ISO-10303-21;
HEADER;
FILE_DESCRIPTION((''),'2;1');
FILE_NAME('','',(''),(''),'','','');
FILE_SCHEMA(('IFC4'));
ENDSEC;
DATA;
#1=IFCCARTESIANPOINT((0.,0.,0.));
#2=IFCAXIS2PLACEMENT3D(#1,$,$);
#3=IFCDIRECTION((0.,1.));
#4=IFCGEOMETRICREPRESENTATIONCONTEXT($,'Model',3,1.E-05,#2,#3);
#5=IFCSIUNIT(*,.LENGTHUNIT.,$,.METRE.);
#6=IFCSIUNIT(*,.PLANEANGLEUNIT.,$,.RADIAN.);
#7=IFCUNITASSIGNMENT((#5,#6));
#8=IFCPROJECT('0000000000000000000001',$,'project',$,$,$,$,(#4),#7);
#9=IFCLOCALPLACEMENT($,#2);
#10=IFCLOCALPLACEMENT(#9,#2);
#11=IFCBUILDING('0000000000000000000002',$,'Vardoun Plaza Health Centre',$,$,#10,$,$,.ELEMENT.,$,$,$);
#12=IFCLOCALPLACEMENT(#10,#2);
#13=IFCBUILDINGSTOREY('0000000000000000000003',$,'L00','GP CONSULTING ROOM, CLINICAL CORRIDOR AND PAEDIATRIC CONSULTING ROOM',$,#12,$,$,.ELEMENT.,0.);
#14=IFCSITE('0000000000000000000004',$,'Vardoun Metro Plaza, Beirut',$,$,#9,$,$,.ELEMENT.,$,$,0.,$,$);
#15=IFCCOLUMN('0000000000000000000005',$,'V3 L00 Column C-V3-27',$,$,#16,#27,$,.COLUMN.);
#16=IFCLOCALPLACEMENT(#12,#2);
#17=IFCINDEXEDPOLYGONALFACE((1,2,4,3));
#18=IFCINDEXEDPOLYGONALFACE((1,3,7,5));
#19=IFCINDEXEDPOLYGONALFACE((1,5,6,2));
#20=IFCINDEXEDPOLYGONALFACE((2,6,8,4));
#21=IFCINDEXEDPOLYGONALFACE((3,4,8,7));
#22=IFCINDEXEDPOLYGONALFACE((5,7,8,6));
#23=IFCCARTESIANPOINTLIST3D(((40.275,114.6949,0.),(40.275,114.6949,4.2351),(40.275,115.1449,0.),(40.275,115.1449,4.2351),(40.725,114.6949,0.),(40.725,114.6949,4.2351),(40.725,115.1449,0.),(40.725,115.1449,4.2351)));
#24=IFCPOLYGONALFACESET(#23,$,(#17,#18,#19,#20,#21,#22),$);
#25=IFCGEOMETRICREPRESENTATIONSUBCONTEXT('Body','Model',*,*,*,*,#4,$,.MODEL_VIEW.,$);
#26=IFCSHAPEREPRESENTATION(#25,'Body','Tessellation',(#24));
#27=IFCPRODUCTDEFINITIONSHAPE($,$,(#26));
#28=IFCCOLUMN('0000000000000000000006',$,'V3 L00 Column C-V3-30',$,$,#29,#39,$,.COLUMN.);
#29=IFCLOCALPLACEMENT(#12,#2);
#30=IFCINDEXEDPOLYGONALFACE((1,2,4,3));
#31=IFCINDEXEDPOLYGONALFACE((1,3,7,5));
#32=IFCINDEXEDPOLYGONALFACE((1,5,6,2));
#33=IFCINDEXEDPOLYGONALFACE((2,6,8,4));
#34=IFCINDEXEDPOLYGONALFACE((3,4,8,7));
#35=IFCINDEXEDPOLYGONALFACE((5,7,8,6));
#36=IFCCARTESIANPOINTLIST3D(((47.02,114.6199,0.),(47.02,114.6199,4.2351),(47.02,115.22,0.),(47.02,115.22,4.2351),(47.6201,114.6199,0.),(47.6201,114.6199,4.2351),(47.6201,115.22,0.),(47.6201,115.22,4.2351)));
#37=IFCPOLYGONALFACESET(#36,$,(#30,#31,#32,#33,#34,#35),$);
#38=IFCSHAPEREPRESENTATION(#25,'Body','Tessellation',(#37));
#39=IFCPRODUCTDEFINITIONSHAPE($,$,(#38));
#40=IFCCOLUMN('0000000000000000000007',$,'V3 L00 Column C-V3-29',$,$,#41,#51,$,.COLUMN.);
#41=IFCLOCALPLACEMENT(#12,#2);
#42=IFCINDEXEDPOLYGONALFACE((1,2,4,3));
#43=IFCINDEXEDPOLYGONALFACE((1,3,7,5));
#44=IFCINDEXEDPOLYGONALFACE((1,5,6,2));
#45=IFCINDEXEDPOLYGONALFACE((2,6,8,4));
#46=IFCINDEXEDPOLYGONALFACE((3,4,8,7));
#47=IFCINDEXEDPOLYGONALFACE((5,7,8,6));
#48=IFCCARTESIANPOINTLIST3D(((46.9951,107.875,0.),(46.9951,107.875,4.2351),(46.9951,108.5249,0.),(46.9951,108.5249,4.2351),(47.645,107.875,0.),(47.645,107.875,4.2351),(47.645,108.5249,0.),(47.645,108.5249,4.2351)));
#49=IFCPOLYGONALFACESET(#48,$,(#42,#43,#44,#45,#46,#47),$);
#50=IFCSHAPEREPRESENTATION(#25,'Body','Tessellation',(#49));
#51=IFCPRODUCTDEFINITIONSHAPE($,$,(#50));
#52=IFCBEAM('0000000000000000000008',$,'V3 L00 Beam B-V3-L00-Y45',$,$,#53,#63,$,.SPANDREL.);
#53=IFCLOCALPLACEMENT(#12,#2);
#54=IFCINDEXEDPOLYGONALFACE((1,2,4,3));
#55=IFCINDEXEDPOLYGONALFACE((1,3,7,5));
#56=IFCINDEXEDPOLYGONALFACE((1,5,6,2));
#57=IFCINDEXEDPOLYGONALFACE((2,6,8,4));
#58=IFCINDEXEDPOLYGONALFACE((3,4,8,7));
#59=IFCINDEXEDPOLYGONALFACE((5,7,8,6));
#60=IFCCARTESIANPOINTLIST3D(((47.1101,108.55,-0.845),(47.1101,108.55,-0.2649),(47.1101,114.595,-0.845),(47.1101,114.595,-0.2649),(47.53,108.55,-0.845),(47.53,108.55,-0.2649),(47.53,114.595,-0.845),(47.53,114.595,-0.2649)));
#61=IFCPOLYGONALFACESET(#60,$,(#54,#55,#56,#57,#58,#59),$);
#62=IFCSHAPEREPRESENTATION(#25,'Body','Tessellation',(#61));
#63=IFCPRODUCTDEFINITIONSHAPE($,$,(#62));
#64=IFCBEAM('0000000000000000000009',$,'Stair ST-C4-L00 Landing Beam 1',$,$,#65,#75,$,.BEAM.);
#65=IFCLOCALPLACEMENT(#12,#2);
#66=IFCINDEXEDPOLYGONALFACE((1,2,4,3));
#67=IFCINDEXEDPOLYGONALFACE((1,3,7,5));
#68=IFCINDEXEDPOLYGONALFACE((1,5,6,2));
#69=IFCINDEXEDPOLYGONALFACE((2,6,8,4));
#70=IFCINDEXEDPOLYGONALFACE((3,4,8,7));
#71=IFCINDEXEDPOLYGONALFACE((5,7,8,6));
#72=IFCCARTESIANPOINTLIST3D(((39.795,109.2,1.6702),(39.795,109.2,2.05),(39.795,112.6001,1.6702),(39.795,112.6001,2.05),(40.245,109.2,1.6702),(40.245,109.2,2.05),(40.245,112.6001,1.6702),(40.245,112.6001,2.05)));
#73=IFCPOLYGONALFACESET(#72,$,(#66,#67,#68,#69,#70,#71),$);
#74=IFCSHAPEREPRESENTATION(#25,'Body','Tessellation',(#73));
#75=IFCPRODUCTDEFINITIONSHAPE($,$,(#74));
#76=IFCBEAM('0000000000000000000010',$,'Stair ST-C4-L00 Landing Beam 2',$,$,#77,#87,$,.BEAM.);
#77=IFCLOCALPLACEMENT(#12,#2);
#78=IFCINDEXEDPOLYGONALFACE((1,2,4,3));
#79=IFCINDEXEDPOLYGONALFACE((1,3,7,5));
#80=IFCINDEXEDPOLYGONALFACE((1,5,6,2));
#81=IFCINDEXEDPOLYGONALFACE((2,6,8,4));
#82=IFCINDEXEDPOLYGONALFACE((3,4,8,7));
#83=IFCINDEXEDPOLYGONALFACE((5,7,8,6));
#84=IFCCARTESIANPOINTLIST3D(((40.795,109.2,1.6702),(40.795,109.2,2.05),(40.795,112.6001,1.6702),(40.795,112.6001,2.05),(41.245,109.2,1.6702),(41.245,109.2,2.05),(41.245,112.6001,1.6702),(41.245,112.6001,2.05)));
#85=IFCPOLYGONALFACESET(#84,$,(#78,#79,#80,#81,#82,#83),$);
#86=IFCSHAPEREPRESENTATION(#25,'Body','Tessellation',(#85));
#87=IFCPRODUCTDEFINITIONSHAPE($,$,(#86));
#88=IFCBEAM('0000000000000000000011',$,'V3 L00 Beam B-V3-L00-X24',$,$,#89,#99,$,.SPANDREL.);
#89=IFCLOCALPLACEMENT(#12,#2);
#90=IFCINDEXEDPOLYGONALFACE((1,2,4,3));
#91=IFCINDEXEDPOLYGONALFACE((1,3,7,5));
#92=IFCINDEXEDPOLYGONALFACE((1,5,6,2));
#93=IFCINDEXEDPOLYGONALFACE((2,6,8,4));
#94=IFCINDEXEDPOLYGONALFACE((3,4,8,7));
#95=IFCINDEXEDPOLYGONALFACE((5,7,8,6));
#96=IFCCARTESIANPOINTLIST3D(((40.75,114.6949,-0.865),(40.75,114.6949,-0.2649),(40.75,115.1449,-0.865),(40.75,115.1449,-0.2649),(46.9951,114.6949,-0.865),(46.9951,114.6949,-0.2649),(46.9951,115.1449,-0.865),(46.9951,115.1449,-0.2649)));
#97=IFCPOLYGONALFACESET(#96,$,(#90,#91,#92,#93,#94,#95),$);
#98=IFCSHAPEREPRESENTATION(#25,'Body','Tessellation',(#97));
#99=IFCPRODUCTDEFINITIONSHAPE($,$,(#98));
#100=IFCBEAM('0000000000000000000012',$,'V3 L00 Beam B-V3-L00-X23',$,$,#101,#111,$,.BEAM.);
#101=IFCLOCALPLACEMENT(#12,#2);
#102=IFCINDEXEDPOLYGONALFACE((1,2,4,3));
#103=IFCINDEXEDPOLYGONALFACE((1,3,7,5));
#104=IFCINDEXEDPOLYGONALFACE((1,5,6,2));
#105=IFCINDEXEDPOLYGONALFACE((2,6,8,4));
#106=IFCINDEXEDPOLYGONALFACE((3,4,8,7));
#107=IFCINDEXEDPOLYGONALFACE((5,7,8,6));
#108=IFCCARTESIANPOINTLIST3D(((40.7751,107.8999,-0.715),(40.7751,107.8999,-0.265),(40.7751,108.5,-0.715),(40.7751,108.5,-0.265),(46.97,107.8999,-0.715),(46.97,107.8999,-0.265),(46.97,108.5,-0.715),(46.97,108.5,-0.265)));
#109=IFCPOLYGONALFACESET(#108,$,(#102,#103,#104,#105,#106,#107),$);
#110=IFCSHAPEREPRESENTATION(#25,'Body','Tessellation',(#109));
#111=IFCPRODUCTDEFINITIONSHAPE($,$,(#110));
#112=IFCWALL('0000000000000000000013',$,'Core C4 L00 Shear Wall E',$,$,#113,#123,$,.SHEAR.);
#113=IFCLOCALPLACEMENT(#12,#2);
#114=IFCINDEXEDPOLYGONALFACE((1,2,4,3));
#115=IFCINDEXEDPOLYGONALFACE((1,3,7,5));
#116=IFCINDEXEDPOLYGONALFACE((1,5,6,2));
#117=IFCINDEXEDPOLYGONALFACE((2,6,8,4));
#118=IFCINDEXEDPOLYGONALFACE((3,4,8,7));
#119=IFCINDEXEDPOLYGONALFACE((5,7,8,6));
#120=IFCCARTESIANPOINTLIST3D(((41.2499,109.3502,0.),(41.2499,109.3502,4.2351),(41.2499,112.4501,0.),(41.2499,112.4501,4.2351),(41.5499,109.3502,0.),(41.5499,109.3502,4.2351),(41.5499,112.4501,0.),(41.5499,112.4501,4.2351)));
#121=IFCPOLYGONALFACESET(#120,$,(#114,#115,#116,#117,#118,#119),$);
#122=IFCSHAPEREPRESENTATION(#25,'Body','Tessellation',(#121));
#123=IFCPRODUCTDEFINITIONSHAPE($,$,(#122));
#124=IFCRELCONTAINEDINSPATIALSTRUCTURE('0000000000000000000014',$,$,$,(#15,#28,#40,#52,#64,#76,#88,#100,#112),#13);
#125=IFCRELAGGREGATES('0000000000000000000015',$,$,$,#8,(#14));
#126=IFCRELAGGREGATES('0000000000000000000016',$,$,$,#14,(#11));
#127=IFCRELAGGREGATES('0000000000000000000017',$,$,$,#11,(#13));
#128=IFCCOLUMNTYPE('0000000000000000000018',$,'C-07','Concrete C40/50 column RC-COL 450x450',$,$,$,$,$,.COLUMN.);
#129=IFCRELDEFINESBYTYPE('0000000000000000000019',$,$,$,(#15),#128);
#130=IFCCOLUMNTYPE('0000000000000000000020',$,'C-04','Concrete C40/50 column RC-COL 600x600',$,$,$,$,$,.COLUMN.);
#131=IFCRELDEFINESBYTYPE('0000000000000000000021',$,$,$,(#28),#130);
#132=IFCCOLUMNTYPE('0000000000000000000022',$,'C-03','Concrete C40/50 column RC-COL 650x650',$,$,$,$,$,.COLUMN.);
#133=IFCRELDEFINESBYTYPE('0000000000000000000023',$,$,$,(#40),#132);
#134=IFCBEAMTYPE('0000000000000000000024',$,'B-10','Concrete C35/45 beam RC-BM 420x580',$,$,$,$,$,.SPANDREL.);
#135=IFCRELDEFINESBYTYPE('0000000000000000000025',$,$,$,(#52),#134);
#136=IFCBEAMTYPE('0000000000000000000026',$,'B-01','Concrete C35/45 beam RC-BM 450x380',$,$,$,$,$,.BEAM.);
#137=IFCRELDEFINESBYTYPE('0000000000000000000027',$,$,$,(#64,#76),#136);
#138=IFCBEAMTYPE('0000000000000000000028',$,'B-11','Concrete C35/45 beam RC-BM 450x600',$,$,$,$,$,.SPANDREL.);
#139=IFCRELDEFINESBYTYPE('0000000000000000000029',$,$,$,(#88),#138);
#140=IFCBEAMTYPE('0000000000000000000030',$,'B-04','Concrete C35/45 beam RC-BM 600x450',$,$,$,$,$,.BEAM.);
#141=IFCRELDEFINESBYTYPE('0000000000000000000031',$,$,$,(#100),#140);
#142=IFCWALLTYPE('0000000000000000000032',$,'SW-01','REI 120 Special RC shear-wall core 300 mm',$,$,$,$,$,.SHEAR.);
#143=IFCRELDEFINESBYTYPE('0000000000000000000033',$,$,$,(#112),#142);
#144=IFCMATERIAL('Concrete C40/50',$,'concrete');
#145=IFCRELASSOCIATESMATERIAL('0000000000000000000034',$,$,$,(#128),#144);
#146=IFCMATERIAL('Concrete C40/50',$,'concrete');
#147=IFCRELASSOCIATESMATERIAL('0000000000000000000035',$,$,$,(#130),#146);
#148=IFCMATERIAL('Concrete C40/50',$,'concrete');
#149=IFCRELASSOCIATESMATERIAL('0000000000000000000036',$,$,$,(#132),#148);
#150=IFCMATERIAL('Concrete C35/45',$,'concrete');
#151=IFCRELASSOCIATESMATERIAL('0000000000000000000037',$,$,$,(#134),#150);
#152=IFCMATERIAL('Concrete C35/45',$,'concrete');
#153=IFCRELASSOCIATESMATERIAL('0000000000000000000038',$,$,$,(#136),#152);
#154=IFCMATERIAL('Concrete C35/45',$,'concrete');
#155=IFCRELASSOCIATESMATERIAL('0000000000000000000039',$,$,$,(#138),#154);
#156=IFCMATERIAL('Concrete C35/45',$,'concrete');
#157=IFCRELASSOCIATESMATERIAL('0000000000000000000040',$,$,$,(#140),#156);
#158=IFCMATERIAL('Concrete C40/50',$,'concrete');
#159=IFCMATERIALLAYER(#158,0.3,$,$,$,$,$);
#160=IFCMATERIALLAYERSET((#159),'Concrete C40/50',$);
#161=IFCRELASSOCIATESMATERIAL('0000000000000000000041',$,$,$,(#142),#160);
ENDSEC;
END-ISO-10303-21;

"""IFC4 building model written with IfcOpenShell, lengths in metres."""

from ifc_helpers import new_model, si_unit, direction, frame, frame_2d, origin, origin_2d, place, context, subcontext, project, spatial, rectangle, extrude, material, layer, layer_set, material_profile, profile_set, type_object, element, save


model = new_model("IFC4")

# Units and contexts
model_context = context("Model", 3, precision=1e-05, world=origin(), true_north=direction((0.0, 1.0)))
body_context = subcontext(model_context, "Body", "Model", "MODEL_VIEW")
ifc_project = project(units=[si_unit("LENGTHUNIT", "METRE"), si_unit("PLANEANGLEUNIT", "RADIAN")], contexts=[model_context])

# Site, building, storey
site_placement = place(None, origin())
site = spatial("IfcSite", under=ifc_project, at=site_placement, Name="Vardoun Metro Plaza, Beirut", CompositionType="ELEMENT", RefElevation=0.0)
building_placement = place(site_placement, origin())
building = spatial("IfcBuilding", under=site, at=building_placement, Name="Vardoun Plaza Health Centre", CompositionType="ELEMENT")
storey_placement = place(building_placement, origin())
storey = spatial("IfcBuildingStorey", under=building, at=storey_placement, Name="L00", Description="GP CONSULTING ROOM, CLINICAL CORRIDOR AND PAEDIATRIC CONSULTING ROOM", CompositionType="ELEMENT", Elevation=0.0)

# Columns
ifc_material_1 = material(Name="Concrete C40/50", Category="concrete")
ifc_material_profile_1 = material_profile(ifc_material_1, rectangle(XDim=0.45, YDim=0.45, at=origin_2d()), Name="RC-COL 450x450")
ifc_profile_set_1 = profile_set([ifc_material_profile_1], Name="Concrete C40/50")
column_type_1 = type_object("IfcColumnType", Name="C-07", Description="Concrete C40/50 column RC-COL 450x450", PredefinedType="COLUMN", material=ifc_profile_set_1)
column_1_placement = place(storey_placement, frame((40.5, 114.9199, 0.0), z_axis=(0.0, 0.0, 1.0), x_axis=(1.0, 0.0, 0.0)))
element("IfcColumn", 1, at=column_1_placement, inside=storey, type_object=column_type_1, Name="V3 L00 Column C-V3-27", PredefinedType="COLUMN", context=body_context, shape_type="SweptSolid", body=[
    extrude(rectangle(XDim=0.45, YDim=0.45, at=origin_2d()), origin(), (0.0, 0.0, 1.0), 4.2351),
])
ifc_material_2 = material(Name="Concrete C40/50", Category="concrete")
ifc_material_profile_2 = material_profile(ifc_material_2, rectangle(XDim=0.6001, YDim=0.6001, at=origin_2d()), Name="RC-COL 600x600")
ifc_profile_set_2 = profile_set([ifc_material_profile_2], Name="Concrete C40/50")
column_type_2 = type_object("IfcColumnType", Name="C-04", Description="Concrete C40/50 column RC-COL 600x600", PredefinedType="COLUMN", material=ifc_profile_set_2)
column_2_placement = place(storey_placement, frame((47.3201, 114.9199, 0.0), z_axis=(0.0, 0.0, 1.0), x_axis=(1.0, 0.0, 0.0)))
element("IfcColumn", 2, at=column_2_placement, inside=storey, type_object=column_type_2, Name="V3 L00 Column C-V3-30", PredefinedType="COLUMN", context=body_context, shape_type="SweptSolid", body=[
    extrude(rectangle(XDim=0.6001, YDim=0.6001, at=origin_2d()), origin(), (0.0, 0.0, 1.0), 4.2351),
])
ifc_material_3 = material(Name="Concrete C40/50", Category="concrete")
ifc_material_profile_3 = material_profile(ifc_material_3, rectangle(XDim=0.6499, YDim=0.6499, at=origin_2d()), Name="RC-COL 650x650")
ifc_profile_set_3 = profile_set([ifc_material_profile_3], Name="Concrete C40/50")
column_type_3 = type_object("IfcColumnType", Name="C-03", Description="Concrete C40/50 column RC-COL 650x650", PredefinedType="COLUMN", material=ifc_profile_set_3)
column_3_placement = place(storey_placement, frame((47.3201, 108.2, 0.0), z_axis=(0.0, 0.0, 1.0), x_axis=(1.0, 0.0, 0.0)))
element("IfcColumn", 3, at=column_3_placement, inside=storey, type_object=column_type_3, Name="V3 L00 Column C-V3-29", PredefinedType="COLUMN", context=body_context, shape_type="SweptSolid", body=[
    extrude(rectangle(XDim=0.6499, YDim=0.6499, at=origin_2d()), origin(), (0.0, 0.0, 1.0), 4.2351),
])

# Beams
ifc_material_4 = material(Name="Concrete C35/45", Category="concrete")
ifc_material_profile_4 = material_profile(ifc_material_4, rectangle(XDim=0.4199, YDim=0.5801, at=origin_2d()), Name="RC-BM 420x580")
ifc_profile_set_4 = profile_set([ifc_material_profile_4], Name="Concrete C35/45")
beam_type_1 = type_object("IfcBeamType", Name="B-10", Description="Concrete C35/45 beam RC-BM 420x580", PredefinedType="SPANDREL", material=ifc_profile_set_4)
beam_1_placement = place(storey_placement, frame((47.3201, 108.55, -0.5549), z_axis=(0.0, 1.0, 0.0), x_axis=(-1.0, 0.0, 0.0)))
element("IfcBeam", 4, at=beam_1_placement, inside=storey, type_object=beam_type_1, Name="V3 L00 Beam B-V3-L00-Y45", PredefinedType="SPANDREL", context=body_context, shape_type="SweptSolid", body=[
    extrude(rectangle(XDim=0.4199, YDim=0.5801, at=origin_2d()), origin(), (0.0, 0.0, 1.0), 6.0449),
])
ifc_material_5 = material(Name="Concrete C35/45", Category="concrete")
ifc_material_profile_5 = material_profile(ifc_material_5, rectangle(XDim=0.45, YDim=0.3799, at=origin_2d()), Name="RC-BM 450x380")
ifc_profile_set_5 = profile_set([ifc_material_profile_5], Name="Concrete C35/45")
beam_type_2 = type_object("IfcBeamType", Name="B-01", Description="Concrete C35/45 beam RC-BM 450x380", PredefinedType="BEAM", material=ifc_profile_set_5)
for number, where, z_axis, x_axis, name in (
    (5, (40.02, 109.2, 1.8601), (0.0, 1.0, 0.0), (-1.0, 0.0, 0.0), "Stair ST-C4-L00 Landing Beam 1"),
    (6, (41.02, 109.2, 1.8601), (0.0, 1.0, 0.0), (-1.0, 0.0, 0.0), "Stair ST-C4-L00 Landing Beam 2"),
):
    element("IfcBeam", number, at=place(storey_placement, frame(where, z_axis=z_axis, x_axis=x_axis)), inside=storey, type_object=beam_type_2, Name=name, PredefinedType="BEAM", context=body_context, shape_type="SweptSolid", body=[
        extrude(rectangle(XDim=0.45, YDim=0.3799, at=origin_2d()), origin(), (0.0, 0.0, 1.0), 3.4001),
    ])
ifc_material_6 = material(Name="Concrete C35/45", Category="concrete")
ifc_material_profile_6 = material_profile(ifc_material_6, rectangle(XDim=0.45, YDim=0.6001, at=origin_2d()), Name="RC-BM 450x600")
ifc_profile_set_6 = profile_set([ifc_material_profile_6], Name="Concrete C35/45")
beam_type_3 = type_object("IfcBeamType", Name="B-11", Description="Concrete C35/45 beam RC-BM 450x600", PredefinedType="SPANDREL", material=ifc_profile_set_6)
beam_2_placement = place(storey_placement, frame((40.75, 114.9199, -0.5649), z_axis=(1.0, 0.0, 0.0), x_axis=(0.0, 1.0, 0.0)))
element("IfcBeam", 7, at=beam_2_placement, inside=storey, type_object=beam_type_3, Name="V3 L00 Beam B-V3-L00-X24", PredefinedType="SPANDREL", context=body_context, shape_type="SweptSolid", body=[
    extrude(rectangle(XDim=0.45, YDim=0.6001, at=origin_2d()), origin(), (0.0, 0.0, 1.0), 6.2451),
])
ifc_material_7 = material(Name="Concrete C35/45", Category="concrete")
ifc_material_profile_7 = material_profile(ifc_material_7, rectangle(XDim=0.6001, YDim=0.45, at=origin_2d()), Name="RC-BM 600x450")
ifc_profile_set_7 = profile_set([ifc_material_profile_7], Name="Concrete C35/45")
beam_type_4 = type_object("IfcBeamType", Name="B-04", Description="Concrete C35/45 beam RC-BM 600x450", PredefinedType="BEAM", material=ifc_profile_set_7)
beam_3_placement = place(storey_placement, frame((40.7751, 108.2, -0.49), z_axis=(1.0, 0.0, 0.0), x_axis=(0.0, 1.0, 0.0)))
element("IfcBeam", 8, at=beam_3_placement, inside=storey, type_object=beam_type_4, Name="V3 L00 Beam B-V3-L00-X23", PredefinedType="BEAM", context=body_context, shape_type="SweptSolid", body=[
    extrude(rectangle(XDim=0.6001, YDim=0.45, at=origin_2d()), origin(), (0.0, 0.0, 1.0), 6.1948),
])

# Shared definitions
ifc_material_8 = material(Name="Concrete C40/50", Category="concrete")
ifc_layer_1 = layer(ifc_material_8, 0.3)
ifc_layer_set_1 = layer_set([ifc_layer_1], Name="Concrete C40/50")
wall_type_1 = type_object("IfcWallType", Name="SW-01", Description="REI 120 Special RC shear-wall core 300 mm", PredefinedType="SHEAR", material=ifc_layer_set_1)

# Wall
wall_1_placement = place(storey_placement, frame((41.3999, 112.45, 0.0), z_axis=(0.0, 0.0, 1.0), x_axis=(0.0, -1.0, 0.0)))
element("IfcWall", 9, at=wall_1_placement, inside=storey, type_object=wall_type_1, Name="Core C4 L00 Shear Wall E", PredefinedType="SHEAR", context=body_context, shape_type="SweptSolid", body=[
    extrude(rectangle(XDim=3.0999, YDim=0.3, at=frame_2d((1.5498, 0.0))), origin(), (0.0, 0.0, 1.0), 4.2351),
])

save(model, "model.ifc")
